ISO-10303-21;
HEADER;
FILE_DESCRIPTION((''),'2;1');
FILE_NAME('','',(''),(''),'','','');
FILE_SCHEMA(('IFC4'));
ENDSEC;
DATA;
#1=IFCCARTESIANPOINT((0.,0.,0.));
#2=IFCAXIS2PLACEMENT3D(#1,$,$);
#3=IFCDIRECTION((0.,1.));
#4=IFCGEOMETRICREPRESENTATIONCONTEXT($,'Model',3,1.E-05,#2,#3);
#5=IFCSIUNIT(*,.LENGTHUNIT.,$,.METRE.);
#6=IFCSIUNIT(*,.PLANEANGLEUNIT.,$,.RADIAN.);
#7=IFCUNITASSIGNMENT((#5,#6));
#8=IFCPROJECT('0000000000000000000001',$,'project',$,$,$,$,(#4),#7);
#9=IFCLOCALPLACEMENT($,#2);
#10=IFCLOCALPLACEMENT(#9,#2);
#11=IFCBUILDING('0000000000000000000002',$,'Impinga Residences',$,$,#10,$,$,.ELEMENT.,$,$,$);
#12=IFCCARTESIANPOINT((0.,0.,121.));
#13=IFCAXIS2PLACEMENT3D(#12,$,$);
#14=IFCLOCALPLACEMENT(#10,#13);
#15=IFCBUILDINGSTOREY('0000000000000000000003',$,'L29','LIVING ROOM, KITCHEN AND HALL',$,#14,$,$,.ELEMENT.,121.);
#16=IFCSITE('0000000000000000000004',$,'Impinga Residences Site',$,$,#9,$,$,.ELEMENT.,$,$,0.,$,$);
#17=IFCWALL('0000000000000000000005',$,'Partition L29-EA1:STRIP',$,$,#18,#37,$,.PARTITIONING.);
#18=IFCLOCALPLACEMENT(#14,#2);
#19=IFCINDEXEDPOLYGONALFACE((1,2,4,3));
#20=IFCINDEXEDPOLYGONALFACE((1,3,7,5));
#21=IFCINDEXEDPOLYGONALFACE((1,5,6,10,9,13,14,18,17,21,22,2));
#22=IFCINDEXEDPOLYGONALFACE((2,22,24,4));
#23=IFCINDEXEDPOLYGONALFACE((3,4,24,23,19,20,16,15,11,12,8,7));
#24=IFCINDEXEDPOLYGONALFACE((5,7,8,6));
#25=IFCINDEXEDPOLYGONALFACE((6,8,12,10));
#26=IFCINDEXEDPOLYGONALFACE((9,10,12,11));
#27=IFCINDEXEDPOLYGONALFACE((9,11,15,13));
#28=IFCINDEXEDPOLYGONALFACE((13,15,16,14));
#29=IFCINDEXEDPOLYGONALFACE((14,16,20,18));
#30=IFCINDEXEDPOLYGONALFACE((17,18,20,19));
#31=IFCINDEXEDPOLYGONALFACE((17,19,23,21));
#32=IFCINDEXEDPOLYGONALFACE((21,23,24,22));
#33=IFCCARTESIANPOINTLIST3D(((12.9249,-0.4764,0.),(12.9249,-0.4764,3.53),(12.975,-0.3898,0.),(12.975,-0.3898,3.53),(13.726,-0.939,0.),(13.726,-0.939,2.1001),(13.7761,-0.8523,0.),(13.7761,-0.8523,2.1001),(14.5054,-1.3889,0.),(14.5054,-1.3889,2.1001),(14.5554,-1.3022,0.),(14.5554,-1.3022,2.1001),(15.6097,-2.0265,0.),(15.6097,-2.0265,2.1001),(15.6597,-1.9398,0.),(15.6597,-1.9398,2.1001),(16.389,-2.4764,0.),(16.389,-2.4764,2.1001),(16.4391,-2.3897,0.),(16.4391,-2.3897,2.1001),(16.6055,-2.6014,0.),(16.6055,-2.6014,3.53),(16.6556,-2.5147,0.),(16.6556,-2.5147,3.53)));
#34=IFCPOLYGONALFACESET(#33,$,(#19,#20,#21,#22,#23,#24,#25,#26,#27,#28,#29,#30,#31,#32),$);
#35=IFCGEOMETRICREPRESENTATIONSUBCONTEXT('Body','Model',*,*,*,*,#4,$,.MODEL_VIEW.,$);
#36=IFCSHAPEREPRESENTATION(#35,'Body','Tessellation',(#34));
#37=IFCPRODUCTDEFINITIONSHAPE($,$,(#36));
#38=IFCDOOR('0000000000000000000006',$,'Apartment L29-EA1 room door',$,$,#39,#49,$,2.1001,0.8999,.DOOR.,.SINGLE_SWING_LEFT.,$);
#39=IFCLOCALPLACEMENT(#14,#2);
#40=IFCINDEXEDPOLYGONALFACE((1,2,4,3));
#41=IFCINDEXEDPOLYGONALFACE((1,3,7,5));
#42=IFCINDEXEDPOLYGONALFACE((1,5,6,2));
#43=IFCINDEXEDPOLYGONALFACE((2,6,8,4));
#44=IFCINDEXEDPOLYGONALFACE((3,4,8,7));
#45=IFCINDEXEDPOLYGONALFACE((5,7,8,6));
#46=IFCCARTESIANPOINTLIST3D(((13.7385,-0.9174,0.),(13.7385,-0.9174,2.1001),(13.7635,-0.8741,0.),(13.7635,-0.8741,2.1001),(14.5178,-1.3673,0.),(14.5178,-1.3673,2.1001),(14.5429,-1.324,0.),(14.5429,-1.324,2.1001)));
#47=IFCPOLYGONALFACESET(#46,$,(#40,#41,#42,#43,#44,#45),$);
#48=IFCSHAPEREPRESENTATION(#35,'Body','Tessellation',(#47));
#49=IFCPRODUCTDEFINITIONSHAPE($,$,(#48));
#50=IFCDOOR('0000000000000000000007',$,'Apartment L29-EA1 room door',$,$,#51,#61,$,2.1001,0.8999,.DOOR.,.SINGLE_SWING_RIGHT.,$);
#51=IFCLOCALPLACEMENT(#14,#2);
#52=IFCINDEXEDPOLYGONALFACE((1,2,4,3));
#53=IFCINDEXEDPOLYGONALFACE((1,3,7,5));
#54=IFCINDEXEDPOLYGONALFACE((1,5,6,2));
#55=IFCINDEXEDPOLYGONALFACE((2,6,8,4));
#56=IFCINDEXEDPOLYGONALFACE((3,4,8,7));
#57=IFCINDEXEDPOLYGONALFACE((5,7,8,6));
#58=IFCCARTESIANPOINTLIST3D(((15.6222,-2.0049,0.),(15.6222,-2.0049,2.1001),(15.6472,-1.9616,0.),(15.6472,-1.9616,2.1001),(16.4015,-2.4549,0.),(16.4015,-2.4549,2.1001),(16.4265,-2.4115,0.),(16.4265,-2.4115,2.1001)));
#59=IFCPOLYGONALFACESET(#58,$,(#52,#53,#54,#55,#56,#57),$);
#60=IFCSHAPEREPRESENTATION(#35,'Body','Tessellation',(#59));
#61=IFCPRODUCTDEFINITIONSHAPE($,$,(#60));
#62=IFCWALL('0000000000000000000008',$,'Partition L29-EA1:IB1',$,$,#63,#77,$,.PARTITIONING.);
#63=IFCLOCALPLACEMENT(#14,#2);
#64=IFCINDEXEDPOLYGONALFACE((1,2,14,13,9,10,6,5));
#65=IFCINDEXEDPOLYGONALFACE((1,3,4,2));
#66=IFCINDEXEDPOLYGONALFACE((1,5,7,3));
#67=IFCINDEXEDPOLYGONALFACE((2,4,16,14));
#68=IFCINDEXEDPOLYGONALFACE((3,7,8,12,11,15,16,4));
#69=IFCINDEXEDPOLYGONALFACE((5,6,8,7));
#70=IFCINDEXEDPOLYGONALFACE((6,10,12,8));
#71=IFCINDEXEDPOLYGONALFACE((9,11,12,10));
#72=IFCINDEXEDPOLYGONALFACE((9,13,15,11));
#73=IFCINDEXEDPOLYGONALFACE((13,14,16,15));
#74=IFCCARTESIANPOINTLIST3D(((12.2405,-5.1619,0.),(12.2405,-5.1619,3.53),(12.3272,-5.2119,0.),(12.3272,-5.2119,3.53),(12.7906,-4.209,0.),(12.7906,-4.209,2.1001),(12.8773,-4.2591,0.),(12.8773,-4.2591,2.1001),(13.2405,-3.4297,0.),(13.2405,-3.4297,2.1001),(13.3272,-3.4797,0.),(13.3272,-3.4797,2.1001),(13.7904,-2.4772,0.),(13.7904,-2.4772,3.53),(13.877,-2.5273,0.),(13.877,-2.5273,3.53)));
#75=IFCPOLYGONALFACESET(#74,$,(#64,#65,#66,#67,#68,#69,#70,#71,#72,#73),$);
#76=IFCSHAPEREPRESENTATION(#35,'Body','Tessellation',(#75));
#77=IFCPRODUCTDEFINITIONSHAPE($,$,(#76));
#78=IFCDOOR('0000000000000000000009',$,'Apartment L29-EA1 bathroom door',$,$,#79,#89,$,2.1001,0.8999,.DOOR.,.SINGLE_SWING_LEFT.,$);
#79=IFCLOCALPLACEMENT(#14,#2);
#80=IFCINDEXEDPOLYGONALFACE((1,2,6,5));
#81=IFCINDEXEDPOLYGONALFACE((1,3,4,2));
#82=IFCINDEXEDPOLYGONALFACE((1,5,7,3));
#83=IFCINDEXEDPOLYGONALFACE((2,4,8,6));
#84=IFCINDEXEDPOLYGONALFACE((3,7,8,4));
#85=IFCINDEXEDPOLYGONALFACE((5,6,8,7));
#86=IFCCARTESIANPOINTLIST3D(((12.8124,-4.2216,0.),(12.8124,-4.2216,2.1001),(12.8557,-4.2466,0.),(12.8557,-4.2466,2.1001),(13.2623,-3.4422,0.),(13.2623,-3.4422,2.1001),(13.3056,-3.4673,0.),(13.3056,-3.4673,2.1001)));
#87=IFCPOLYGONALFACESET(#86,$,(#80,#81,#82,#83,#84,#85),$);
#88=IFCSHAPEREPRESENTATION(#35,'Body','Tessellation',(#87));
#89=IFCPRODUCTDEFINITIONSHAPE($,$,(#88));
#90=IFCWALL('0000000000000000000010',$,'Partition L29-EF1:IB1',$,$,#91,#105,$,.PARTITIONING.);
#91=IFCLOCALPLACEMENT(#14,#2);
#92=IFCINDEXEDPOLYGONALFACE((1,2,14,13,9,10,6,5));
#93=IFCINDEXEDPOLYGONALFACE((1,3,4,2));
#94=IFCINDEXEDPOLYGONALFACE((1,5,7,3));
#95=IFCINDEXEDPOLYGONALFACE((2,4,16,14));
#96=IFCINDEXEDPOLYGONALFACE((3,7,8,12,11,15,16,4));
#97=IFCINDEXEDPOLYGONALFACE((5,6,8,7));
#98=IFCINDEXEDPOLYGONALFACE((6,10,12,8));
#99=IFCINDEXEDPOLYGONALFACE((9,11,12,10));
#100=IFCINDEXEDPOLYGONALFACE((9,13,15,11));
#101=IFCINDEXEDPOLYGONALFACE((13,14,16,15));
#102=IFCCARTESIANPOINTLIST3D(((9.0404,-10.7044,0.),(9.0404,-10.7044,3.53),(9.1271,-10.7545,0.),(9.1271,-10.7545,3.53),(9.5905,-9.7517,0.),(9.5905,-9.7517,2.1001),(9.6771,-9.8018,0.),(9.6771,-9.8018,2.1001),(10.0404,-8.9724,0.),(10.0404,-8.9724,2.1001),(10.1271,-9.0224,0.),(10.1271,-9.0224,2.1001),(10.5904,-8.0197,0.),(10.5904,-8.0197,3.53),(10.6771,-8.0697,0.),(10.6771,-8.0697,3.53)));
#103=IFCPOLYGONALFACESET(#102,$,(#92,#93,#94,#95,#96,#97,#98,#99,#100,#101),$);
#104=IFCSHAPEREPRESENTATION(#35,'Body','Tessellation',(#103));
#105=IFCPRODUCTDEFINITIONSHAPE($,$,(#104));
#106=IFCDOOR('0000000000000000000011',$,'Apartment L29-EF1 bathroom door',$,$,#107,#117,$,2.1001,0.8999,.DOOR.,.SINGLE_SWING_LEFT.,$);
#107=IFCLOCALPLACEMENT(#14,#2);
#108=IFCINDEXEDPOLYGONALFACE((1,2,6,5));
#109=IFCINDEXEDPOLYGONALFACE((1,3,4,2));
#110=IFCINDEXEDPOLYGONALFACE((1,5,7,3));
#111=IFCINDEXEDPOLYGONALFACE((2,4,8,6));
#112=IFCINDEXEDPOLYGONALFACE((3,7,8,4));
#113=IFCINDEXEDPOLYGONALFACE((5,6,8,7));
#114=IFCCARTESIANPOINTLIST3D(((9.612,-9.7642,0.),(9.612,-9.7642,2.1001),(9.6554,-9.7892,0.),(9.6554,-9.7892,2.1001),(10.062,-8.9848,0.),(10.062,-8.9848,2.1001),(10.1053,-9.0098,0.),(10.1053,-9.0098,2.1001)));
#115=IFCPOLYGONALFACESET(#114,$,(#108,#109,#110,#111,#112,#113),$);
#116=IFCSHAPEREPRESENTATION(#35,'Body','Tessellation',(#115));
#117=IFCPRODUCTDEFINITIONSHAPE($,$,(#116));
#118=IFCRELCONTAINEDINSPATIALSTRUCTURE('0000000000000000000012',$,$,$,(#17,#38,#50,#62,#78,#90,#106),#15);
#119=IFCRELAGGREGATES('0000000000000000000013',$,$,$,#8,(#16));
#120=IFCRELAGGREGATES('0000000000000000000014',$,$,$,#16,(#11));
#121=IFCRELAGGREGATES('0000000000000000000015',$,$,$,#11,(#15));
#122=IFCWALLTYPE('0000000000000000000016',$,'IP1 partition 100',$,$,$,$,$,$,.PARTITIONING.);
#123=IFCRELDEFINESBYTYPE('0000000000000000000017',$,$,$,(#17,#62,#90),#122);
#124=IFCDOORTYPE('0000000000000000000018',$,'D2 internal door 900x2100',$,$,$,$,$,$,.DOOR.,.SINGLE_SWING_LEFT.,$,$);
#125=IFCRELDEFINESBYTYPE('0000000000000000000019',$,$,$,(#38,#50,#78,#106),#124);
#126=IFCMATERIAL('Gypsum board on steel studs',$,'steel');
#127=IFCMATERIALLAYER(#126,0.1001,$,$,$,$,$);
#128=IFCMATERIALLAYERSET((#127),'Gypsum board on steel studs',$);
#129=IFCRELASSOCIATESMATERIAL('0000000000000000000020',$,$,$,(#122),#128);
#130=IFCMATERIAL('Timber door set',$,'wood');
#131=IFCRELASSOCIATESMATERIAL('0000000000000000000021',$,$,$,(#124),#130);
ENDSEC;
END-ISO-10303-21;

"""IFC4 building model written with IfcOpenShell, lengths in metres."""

from ifc_helpers import new_model, si_unit, direction, frame, frame_2d, origin, place, context, subcontext, project, spatial, rectangle, extrude, material, layer, layer_set, type_object, element, fill, save


model = new_model("IFC4")

# Units and contexts
model_context = context("Model", 3, precision=1e-05, world=origin(), true_north=direction((0.0, 1.0)))
body_context = subcontext(model_context, "Body", "Model", "MODEL_VIEW")
ifc_project = project(units=[si_unit("LENGTHUNIT", "METRE"), si_unit("PLANEANGLEUNIT", "RADIAN")], contexts=[model_context])

# Site, building, storey
site_placement = place(None, origin())
site = spatial("IfcSite", under=ifc_project, at=site_placement, Name="Impinga Residences Site", CompositionType="ELEMENT", RefElevation=0.0)
building_placement = place(site_placement, origin())
building = spatial("IfcBuilding", under=site, at=building_placement, Name="Impinga Residences", CompositionType="ELEMENT")
storey_placement = place(building_placement, frame((0.0, 0.0, 121.0)))
storey = spatial("IfcBuildingStorey", under=building, at=storey_placement, Name="L29", Description="LIVING ROOM, KITCHEN AND HALL", CompositionType="ELEMENT", Elevation=121.0)

# Shared definitions
ifc_material_1 = material(Name="Timber door set", Category="wood")

# Shared definitions
ifc_material_2 = material(Name="Gypsum board on steel studs", Category="steel")
ifc_layer_1 = layer(ifc_material_2, 0.1001)
ifc_layer_set_1 = layer_set([ifc_layer_1], Name="Gypsum board on steel studs")
wall_type_1 = type_object("IfcWallType", Name="IP1 partition 100", PredefinedType="PARTITIONING", material=ifc_layer_set_1)

# Wall, openings, doors
wall_1_placement = place(storey_placement, frame((12.95, -0.4331, 0.0), z_axis=(0.0, 0.0, 1.0), x_axis=(0.866029, -0.499994, 0.0)))
wall_1 = element("IfcWall", 1, at=wall_1_placement, inside=storey, type_object=wall_type_1, Name="Partition L29-EA1:STRIP", PredefinedType="PARTITIONING", context=body_context, shape_type="SweptSolid", body=[
    extrude(rectangle(XDim=4.25, YDim=0.1001, at=frame_2d((2.125, 0.0))), origin(), (0.0, 0.0, 1.0), 3.53),
])
opening_1_placement = place(wall_1_placement, frame((0.925, 0.0, 0.0)))
opening_1 = element("IfcOpeningElement", 2, at=opening_1_placement, cuts=wall_1, PredefinedType="OPENING", context=body_context, shape_type="SweptSolid", body=[
    extrude(rectangle(XDim=0.8999, YDim=2.1001, at=frame_2d((0.45, 1.05))), frame((0.0, 0.0601, 0.0), z_axis=(0.0, -1.0, 0.0), x_axis=(1.0, 0.0, 0.0)), (0.0, 0.0, 1.0), 0.1201),
])
opening_2_placement = place(wall_1_placement, frame((3.1001, 0.0, 0.0)))
opening_2 = element("IfcOpeningElement", 3, at=opening_2_placement, cuts=wall_1, PredefinedType="OPENING", context=body_context, shape_type="SweptSolid", body=[
    extrude(rectangle(XDim=0.8999, YDim=2.1001, at=frame_2d((0.45, 1.05))), frame((0.0, 0.0601, 0.0), z_axis=(0.0, -1.0, 0.0), x_axis=(1.0, 0.0, 0.0)), (0.0, 0.0, 1.0), 0.1201),
])
door_type_1 = type_object("IfcDoorType", Name="D2 internal door 900x2100", OperationType="SINGLE_SWING_LEFT", PredefinedType="DOOR", material=ifc_material_1)
door_1_placement = place(opening_1_placement, origin())
door_1 = element("IfcDoor", 4, at=door_1_placement, inside=storey, type_object=door_type_1, Name="Apartment L29-EA1 room door", OperationType="SINGLE_SWING_LEFT", OverallHeight=2.1001, OverallWidth=0.8999, PredefinedType="DOOR", context=body_context, shape_type="SweptSolid", body=[
    extrude(rectangle(XDim=0.8999, YDim=2.1001, at=frame_2d((0.45, 1.05))), frame((0.0, 0.0249, 0.0), z_axis=(0.0, -1.0, 0.0), x_axis=(1.0, 0.0, 0.0)), (0.0, 0.0, 1.0), 0.05),
])
fill(opening_1, door_1)
door_2_placement = place(opening_2_placement, origin())
door_2 = element("IfcDoor", 5, at=door_2_placement, inside=storey, type_object=door_type_1, Name="Apartment L29-EA1 room door", OperationType="SINGLE_SWING_RIGHT", OverallHeight=2.1001, OverallWidth=0.8999, PredefinedType="DOOR", context=body_context, shape_type="SweptSolid", body=[
    extrude(rectangle(XDim=0.8999, YDim=2.1001, at=frame_2d((0.45, 1.05))), frame((0.0, 0.0249, 0.0), z_axis=(0.0, -1.0, 0.0), x_axis=(1.0, 0.0, 0.0)), (0.0, 0.0, 1.0), 0.05),
])
fill(opening_2, door_2)

# Walls, openings, doors
wall_2_placement = place(storey_placement, frame((12.2839, -5.1868, 0.0), z_axis=(0.0, 0.0, 1.0), x_axis=(0.499968, 0.866044, 0.0)))
wall_2 = element("IfcWall", 6, at=wall_2_placement, inside=storey, type_object=wall_type_1, Name="Partition L29-EA1:IB1", PredefinedType="PARTITIONING", context=body_context, shape_type="SweptSolid", body=[
    extrude(rectangle(XDim=3.0999, YDim=0.1001, at=frame_2d((1.5498, 0.0))), origin(), (0.0, 0.0, 1.0), 3.53),
])
opening_3_placement = place(wall_2_placement, frame((1.1001, 0.0, 0.0)))
opening_3 = element("IfcOpeningElement", 7, at=opening_3_placement, cuts=wall_2, PredefinedType="OPENING", context=body_context, shape_type="SweptSolid", body=[
    extrude(rectangle(XDim=0.8999, YDim=2.1001, at=frame_2d((0.45, 1.05))), frame((0.0, 0.0601, 0.0), z_axis=(0.0, -1.0, 0.0), x_axis=(1.0, 0.0, 0.0)), (0.0, 0.0, 1.0), 0.1201),
])
door_3_placement = place(opening_3_placement, origin())
door_3 = element("IfcDoor", 8, at=door_3_placement, inside=storey, type_object=door_type_1, Name="Apartment L29-EA1 bathroom door", OperationType="SINGLE_SWING_LEFT", OverallHeight=2.1001, OverallWidth=0.8999, PredefinedType="DOOR", context=body_context, shape_type="SweptSolid", body=[
    extrude(rectangle(XDim=0.8999, YDim=2.1001, at=frame_2d((0.45, 1.05))), frame((0.0, 0.0249, 0.0), z_axis=(0.0, -1.0, 0.0), x_axis=(1.0, 0.0, 0.0)), (0.0, 0.0, 1.0), 0.05),
])
fill(opening_3, door_3)
wall_3_placement = place(storey_placement, frame((10.6338, -8.0447, 0.0), z_axis=(0.0, 0.0, 1.0), x_axis=(-0.499993, -0.86603, 0.0)))
wall_3 = element("IfcWall", 9, at=wall_3_placement, inside=storey, type_object=wall_type_1, Name="Partition L29-EF1:IB1", PredefinedType="PARTITIONING", context=body_context, shape_type="SweptSolid", body=[
    extrude(rectangle(XDim=3.1001, YDim=0.1001, at=frame_2d((1.55, 0.0))), origin(), (0.0, 0.0, 1.0), 3.53),
])
opening_4_placement = place(wall_3_placement, frame((1.1001, 0.0, 0.0)))
opening_4 = element("IfcOpeningElement", 10, at=opening_4_placement, cuts=wall_3, PredefinedType="OPENING", context=body_context, shape_type="SweptSolid", body=[
    extrude(rectangle(XDim=0.8999, YDim=2.1001, at=frame_2d((0.45, 1.05))), frame((0.0, 0.0601, 0.0), z_axis=(0.0, -1.0, 0.0), x_axis=(1.0, 0.0, 0.0)), (0.0, 0.0, 1.0), 0.1201),
])
door_4_placement = place(opening_4_placement, origin())
door_4 = element("IfcDoor", 11, at=door_4_placement, inside=storey, type_object=door_type_1, Name="Apartment L29-EF1 bathroom door", OperationType="SINGLE_SWING_LEFT", OverallHeight=2.1001, OverallWidth=0.8999, PredefinedType="DOOR", context=body_context, shape_type="SweptSolid", body=[
    extrude(rectangle(XDim=0.8999, YDim=2.1001, at=frame_2d((0.45, 1.05))), frame((0.0, 0.0249, 0.0), z_axis=(0.0, -1.0, 0.0), x_axis=(1.0, 0.0, 0.0)), (0.0, 0.0, 1.0), 0.05),
])
fill(opening_4, door_4)

save(model, "model.ifc")
